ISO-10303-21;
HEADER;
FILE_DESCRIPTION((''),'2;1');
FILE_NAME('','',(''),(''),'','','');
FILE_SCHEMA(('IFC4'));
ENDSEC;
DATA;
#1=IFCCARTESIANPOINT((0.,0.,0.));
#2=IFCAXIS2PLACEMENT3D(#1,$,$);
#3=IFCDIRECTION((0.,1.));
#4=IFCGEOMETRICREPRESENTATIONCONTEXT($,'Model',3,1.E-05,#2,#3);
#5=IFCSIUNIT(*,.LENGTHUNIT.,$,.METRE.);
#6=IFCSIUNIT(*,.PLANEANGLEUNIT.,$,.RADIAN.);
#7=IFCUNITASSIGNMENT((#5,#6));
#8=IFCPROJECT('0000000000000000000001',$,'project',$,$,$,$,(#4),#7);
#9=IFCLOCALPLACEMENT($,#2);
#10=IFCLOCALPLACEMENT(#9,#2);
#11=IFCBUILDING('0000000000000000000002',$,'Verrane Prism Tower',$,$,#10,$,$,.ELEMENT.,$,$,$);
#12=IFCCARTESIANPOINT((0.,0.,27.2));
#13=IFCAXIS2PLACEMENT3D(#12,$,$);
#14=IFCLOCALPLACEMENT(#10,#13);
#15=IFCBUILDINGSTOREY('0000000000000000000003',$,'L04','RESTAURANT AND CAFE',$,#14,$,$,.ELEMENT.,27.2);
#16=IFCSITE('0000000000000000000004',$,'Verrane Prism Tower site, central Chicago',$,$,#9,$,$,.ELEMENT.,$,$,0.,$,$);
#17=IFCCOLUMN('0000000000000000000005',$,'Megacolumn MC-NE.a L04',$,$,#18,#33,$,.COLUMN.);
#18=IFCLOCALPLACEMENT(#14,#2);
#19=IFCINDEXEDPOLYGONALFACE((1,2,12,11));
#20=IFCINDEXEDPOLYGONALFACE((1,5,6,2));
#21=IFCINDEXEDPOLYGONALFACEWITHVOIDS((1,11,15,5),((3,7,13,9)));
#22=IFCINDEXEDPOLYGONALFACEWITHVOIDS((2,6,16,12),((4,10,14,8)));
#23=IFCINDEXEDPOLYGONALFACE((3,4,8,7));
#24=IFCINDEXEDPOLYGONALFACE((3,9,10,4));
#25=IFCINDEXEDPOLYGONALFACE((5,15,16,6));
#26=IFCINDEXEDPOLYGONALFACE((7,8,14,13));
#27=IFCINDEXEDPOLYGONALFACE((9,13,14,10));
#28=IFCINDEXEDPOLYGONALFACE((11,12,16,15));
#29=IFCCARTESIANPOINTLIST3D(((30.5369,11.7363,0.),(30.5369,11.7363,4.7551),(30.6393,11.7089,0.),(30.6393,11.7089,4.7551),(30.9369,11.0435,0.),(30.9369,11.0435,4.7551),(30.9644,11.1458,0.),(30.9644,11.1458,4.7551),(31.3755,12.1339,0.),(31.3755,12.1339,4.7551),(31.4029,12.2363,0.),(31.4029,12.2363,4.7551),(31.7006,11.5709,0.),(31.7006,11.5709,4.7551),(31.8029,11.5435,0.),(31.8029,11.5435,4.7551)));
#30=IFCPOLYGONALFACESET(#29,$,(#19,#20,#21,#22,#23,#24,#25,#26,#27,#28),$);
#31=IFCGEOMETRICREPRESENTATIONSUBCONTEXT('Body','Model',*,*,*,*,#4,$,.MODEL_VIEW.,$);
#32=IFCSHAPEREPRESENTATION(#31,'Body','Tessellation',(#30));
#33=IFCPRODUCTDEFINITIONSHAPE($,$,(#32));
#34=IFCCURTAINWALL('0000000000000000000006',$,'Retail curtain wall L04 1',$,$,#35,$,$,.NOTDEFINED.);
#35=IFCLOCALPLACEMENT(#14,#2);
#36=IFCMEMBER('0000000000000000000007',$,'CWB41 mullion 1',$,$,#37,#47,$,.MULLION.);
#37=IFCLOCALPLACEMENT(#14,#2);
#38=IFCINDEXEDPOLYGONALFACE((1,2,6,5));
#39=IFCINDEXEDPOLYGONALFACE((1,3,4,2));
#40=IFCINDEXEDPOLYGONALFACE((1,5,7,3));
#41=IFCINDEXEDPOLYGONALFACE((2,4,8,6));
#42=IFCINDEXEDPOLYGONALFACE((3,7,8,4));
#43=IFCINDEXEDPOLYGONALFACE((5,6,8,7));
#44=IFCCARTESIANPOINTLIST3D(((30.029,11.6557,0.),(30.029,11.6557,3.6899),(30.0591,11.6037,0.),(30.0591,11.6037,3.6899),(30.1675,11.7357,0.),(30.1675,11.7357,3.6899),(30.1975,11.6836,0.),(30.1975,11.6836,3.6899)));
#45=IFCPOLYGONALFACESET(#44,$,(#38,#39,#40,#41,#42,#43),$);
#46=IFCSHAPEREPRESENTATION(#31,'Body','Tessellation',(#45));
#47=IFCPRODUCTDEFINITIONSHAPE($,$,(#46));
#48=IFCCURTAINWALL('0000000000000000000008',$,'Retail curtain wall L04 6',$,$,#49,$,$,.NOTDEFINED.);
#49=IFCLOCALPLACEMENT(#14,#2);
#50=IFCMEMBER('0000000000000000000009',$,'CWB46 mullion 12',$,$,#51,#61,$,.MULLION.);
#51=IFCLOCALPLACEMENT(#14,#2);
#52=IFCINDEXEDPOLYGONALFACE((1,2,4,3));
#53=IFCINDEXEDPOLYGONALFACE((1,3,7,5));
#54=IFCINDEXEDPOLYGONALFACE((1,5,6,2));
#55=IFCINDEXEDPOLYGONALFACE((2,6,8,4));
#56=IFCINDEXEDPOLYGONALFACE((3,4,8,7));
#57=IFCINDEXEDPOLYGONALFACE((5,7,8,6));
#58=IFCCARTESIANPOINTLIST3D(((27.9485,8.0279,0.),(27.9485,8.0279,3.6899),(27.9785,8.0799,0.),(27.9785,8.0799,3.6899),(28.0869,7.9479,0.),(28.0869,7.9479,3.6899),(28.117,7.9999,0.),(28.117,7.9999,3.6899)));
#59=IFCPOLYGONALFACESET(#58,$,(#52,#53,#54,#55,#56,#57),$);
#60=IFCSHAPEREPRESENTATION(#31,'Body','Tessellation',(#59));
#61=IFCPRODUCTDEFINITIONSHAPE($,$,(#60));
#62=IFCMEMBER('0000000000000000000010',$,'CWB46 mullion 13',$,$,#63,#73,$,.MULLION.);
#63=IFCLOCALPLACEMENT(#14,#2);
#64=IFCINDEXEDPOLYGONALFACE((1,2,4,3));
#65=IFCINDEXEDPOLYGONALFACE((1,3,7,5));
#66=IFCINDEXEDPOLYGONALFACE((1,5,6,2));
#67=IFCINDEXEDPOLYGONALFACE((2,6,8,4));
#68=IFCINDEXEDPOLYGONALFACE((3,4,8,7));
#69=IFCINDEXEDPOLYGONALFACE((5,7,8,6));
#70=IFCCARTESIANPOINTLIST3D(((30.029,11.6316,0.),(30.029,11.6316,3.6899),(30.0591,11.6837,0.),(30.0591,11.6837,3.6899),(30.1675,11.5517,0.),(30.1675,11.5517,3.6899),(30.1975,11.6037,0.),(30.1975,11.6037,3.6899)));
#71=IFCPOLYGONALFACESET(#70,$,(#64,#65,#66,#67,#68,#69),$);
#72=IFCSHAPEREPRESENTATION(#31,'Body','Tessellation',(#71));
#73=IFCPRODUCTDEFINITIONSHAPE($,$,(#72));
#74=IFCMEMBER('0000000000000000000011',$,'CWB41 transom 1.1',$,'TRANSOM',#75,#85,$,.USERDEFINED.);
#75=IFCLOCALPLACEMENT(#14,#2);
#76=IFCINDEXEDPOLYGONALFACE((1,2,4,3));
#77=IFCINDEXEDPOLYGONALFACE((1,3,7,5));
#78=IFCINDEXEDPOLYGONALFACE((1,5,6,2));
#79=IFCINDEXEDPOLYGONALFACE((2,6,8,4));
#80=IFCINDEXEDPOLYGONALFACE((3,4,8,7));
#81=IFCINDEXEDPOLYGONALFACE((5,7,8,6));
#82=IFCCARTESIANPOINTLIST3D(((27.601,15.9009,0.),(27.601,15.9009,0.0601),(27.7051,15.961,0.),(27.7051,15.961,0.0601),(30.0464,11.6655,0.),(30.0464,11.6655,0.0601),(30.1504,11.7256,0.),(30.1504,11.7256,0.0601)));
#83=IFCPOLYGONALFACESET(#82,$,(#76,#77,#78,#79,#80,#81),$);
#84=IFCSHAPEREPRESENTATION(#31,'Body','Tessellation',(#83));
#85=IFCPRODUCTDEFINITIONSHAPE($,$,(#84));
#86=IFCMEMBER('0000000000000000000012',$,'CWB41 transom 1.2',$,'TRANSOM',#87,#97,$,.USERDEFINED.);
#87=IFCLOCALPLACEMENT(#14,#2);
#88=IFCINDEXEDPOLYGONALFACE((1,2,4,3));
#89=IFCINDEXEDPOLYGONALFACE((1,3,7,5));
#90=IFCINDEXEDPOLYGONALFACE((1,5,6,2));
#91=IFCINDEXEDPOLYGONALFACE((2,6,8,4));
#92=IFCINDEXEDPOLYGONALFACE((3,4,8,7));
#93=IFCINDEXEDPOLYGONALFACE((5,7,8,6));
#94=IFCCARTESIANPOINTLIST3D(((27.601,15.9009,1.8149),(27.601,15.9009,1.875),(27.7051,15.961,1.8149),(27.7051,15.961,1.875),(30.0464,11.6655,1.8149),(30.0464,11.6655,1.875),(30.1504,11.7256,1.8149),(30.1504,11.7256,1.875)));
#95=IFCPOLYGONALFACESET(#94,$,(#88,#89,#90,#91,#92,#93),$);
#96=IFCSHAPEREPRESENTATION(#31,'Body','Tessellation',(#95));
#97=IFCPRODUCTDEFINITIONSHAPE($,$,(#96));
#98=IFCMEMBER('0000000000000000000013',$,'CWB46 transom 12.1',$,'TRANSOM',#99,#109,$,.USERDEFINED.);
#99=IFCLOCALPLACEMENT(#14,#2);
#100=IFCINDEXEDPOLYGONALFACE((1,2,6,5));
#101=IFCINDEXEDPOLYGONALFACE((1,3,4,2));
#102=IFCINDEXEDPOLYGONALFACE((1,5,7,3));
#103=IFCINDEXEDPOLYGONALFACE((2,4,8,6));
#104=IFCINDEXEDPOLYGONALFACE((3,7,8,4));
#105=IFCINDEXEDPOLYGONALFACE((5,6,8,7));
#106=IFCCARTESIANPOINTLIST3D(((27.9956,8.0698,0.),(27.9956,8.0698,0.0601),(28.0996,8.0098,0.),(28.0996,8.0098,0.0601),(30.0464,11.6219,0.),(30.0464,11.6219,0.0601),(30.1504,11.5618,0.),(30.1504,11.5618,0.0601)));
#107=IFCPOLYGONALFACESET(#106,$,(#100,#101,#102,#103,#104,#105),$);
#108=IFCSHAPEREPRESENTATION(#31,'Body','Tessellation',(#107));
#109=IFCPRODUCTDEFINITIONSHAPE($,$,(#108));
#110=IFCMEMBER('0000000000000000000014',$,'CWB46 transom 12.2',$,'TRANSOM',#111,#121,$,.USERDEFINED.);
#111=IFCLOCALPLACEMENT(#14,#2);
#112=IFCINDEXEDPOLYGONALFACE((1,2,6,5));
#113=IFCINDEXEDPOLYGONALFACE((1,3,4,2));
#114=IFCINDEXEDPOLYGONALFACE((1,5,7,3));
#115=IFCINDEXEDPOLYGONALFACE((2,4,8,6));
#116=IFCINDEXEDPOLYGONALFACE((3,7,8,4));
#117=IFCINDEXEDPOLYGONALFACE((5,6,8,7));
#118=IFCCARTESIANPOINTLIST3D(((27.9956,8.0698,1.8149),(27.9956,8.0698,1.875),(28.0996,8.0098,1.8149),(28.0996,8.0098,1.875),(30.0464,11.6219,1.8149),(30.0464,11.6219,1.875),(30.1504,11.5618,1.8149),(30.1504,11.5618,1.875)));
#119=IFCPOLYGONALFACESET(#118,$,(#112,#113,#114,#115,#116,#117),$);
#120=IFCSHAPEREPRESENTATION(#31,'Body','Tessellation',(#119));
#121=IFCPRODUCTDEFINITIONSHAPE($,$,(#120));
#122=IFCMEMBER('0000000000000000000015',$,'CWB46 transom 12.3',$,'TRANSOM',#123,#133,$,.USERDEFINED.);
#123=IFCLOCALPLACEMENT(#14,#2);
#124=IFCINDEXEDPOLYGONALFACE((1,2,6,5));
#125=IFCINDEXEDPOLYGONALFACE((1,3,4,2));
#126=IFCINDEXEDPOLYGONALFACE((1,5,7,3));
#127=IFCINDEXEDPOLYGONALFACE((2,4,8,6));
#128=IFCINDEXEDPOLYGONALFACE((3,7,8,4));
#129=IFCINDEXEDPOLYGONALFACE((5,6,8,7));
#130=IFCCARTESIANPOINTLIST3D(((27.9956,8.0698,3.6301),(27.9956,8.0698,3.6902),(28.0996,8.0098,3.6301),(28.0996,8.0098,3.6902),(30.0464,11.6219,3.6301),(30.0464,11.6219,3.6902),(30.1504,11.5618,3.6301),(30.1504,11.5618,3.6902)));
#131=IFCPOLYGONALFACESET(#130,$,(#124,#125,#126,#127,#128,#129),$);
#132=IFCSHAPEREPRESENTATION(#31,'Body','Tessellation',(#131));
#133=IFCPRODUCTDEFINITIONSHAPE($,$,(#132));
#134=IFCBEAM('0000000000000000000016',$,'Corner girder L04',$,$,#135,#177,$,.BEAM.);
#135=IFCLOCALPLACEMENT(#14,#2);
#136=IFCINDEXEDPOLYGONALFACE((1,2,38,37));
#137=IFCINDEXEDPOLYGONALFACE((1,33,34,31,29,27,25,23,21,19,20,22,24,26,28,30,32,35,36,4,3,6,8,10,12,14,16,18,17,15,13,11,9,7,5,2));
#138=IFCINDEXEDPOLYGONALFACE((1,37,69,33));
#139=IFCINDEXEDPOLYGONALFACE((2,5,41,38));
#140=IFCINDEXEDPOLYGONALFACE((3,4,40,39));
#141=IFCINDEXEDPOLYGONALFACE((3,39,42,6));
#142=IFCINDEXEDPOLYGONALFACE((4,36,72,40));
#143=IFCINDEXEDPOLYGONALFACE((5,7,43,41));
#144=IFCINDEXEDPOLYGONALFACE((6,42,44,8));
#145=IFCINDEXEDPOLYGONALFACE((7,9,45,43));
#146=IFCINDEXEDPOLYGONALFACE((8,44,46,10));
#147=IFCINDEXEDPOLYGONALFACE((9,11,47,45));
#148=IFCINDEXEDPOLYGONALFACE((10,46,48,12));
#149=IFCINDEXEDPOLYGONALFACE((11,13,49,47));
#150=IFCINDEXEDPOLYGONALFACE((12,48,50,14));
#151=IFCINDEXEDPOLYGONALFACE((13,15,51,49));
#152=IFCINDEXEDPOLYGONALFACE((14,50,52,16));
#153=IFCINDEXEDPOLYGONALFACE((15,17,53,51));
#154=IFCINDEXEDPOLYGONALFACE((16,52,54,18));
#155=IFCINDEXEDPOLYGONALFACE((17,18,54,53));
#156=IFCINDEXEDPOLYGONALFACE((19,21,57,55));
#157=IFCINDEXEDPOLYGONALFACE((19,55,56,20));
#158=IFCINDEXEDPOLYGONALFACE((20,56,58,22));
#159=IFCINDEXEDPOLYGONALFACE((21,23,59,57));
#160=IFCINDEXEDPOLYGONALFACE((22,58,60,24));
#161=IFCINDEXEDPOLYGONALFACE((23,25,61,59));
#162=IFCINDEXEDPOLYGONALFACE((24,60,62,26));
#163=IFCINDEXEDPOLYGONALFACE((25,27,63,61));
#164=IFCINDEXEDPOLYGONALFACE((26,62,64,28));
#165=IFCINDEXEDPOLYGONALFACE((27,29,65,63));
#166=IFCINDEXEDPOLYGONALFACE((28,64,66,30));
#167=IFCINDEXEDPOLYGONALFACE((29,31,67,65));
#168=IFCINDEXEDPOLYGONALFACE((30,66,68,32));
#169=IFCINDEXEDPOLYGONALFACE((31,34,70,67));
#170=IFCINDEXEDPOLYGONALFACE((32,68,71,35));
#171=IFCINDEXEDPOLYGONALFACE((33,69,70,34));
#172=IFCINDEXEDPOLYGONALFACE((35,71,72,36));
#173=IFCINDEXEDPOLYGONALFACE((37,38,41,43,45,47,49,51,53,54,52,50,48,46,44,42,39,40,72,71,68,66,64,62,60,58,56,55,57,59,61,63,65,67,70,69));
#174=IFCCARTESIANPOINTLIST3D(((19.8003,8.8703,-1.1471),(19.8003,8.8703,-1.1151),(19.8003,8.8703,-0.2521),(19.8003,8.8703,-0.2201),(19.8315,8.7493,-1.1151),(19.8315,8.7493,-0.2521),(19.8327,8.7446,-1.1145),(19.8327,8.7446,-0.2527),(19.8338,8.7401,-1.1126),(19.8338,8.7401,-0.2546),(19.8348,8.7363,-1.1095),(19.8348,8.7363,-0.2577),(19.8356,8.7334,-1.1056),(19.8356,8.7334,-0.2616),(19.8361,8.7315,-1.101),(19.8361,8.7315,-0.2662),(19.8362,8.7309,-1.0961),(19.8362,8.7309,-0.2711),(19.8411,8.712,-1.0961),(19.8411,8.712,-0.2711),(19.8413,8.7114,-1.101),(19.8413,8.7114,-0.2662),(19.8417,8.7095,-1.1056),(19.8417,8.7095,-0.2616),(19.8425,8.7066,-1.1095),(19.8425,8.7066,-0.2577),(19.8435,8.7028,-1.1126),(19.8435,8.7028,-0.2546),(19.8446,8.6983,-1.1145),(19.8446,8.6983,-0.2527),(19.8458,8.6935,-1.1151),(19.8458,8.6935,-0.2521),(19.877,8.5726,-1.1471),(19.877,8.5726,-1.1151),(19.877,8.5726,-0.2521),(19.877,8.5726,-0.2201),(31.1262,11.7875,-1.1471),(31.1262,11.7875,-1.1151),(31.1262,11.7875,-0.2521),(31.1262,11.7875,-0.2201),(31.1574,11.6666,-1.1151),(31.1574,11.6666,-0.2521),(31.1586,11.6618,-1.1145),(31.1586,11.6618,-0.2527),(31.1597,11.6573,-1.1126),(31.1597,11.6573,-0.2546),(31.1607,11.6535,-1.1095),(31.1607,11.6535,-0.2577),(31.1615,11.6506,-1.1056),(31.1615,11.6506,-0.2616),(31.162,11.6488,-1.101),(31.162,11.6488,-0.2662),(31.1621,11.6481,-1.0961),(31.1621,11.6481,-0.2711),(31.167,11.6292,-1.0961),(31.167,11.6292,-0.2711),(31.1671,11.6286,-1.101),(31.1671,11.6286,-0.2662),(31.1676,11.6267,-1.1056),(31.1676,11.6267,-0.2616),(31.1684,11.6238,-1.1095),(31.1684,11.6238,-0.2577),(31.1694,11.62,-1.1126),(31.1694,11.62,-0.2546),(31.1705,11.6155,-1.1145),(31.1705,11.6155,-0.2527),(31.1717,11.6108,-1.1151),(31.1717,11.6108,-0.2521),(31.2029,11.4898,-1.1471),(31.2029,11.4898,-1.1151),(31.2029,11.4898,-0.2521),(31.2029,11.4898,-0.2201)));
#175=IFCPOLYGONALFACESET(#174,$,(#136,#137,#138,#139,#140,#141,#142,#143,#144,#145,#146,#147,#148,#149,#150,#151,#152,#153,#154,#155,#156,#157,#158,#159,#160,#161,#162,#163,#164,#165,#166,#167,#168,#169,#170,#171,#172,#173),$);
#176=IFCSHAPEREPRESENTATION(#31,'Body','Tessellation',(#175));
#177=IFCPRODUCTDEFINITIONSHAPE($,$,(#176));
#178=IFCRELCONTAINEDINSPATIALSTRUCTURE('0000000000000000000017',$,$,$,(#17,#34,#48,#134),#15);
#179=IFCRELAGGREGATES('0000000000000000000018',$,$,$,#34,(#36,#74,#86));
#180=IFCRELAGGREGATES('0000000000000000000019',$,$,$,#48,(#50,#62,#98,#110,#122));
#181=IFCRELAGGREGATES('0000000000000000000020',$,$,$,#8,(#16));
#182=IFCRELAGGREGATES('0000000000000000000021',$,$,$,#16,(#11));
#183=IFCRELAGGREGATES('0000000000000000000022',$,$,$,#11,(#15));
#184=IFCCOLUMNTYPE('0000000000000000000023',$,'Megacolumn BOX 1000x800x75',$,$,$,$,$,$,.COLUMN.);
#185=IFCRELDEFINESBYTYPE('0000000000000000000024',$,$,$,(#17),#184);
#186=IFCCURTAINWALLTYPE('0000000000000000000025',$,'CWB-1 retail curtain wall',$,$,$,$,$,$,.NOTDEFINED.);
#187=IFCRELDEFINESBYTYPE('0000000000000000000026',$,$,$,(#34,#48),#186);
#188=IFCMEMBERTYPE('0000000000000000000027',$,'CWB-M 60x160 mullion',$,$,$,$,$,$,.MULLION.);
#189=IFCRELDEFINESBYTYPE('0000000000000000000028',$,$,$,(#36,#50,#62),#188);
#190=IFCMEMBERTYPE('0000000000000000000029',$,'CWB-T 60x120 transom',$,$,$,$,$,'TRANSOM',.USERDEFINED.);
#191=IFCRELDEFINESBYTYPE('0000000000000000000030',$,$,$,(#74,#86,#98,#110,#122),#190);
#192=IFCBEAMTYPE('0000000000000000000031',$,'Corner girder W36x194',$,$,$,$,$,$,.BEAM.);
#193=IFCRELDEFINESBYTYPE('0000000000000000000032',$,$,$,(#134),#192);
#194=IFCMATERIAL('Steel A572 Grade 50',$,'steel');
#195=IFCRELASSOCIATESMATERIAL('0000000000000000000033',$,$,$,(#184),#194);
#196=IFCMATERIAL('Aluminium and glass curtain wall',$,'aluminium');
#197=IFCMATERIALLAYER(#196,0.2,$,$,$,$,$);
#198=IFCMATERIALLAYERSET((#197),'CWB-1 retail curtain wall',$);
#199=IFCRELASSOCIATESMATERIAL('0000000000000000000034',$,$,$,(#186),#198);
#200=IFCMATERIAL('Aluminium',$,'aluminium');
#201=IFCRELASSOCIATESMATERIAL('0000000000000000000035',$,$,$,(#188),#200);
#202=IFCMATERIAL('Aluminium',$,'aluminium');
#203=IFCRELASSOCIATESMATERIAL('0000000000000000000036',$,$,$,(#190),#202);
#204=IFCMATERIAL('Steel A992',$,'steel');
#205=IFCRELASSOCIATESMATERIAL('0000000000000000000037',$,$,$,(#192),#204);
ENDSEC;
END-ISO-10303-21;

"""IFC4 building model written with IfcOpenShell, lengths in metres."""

from ifc_helpers import new_model, si_unit, direction, frame, origin, origin_2d, place, context, subcontext, project, spatial, rectangle, hollow_rectangle, i_section, extrude, material, layer, layer_set, material_profile, profile_set, type_object, element, aggregate, save


model = new_model("IFC4")

# Units and contexts
model_context = context("Model", 3, precision=1e-05, world=origin(), true_north=direction((0.0, 1.0)))
body_context = subcontext(model_context, "Body", "Model", "MODEL_VIEW")
ifc_project = project(units=[si_unit("LENGTHUNIT", "METRE"), si_unit("PLANEANGLEUNIT", "RADIAN")], contexts=[model_context])

# Site, building, storey
site_placement = place(None, origin())
site = spatial("IfcSite", under=ifc_project, at=site_placement, Name="Verrane Prism Tower site, central Chicago", CompositionType="ELEMENT", RefElevation=0.0)
building_placement = place(site_placement, origin())
building = spatial("IfcBuilding", under=site, at=building_placement, Name="Verrane Prism Tower", CompositionType="ELEMENT")
storey_placement = place(building_placement, frame((0.0, 0.0, 27.2)))
storey = spatial("IfcBuildingStorey", under=building, at=storey_placement, Name="L04", Description="RESTAURANT AND CAFE", CompositionType="ELEMENT", Elevation=27.2)

# Column
ifc_material_1 = material(Name="Steel A572 Grade 50", Category="steel")
ifc_material_profile_1 = material_profile(ifc_material_1, hollow_rectangle(XDim=0.8, YDim=1.0, WallThickness=0.075, at=origin_2d()), Name="BOX 1000x800x75")
ifc_profile_set_1 = profile_set([ifc_material_profile_1], Name="Steel A572 Grade 50")
column_type = type_object("IfcColumnType", Name="Megacolumn BOX 1000x800x75", PredefinedType="COLUMN", material=ifc_profile_set_1)
column_placement = place(storey_placement, frame((31.1699, 11.6399, 0.0), z_axis=(0.0, 0.0, 1.0), x_axis=(0.5, -0.866025, 0.0)))
element("IfcColumn", 1, at=column_placement, inside=storey, type_object=column_type, Name="Megacolumn MC-NE.a L04", PredefinedType="COLUMN", context=body_context, shape_type="SweptSolid", body=[
    extrude(hollow_rectangle(XDim=0.8, YDim=1.0, WallThickness=0.075, at=origin_2d()), origin(), (0.0, 0.0, 1.0), 4.7551),
])

# Curtain wall, member
ifc_material_2 = material(Name="Aluminium and glass curtain wall", Category="aluminium")
ifc_layer_1 = layer(ifc_material_2, 0.2)
ifc_layer_set_1 = layer_set([ifc_layer_1], Name="CWB-1 retail curtain wall")
curtain_wall_type = type_object("IfcCurtainWallType", Name="CWB-1 retail curtain wall", PredefinedType="NOTDEFINED", material=ifc_layer_set_1)
curtain_wall_1_placement = place(storey_placement, origin())
curtain_wall_1 = element("IfcCurtainWall", 2, at=curtain_wall_1_placement, inside=storey, type_object=curtain_wall_type, Name="Retail curtain wall L04 1", PredefinedType="NOTDEFINED")
ifc_material_3 = material(Name="Aluminium", Category="aluminium")
ifc_material_profile_2 = material_profile(ifc_material_3, rectangle(XDim=0.1599, YDim=0.0601, at=origin_2d()), Name="CWB-M 60x160 mullion")
ifc_profile_set_2 = profile_set([ifc_material_profile_2], Name="Aluminium")
member_type_1 = type_object("IfcMemberType", Name="CWB-M 60x160 mullion", PredefinedType="MULLION", material=ifc_profile_set_2)
member_1_placement = place(storey_placement, frame((30.1133, 11.6697, 0.0), z_axis=(0.0, 0.0, 1.0), x_axis=(-0.866026, -0.499999, 0.0)))
member_1 = element("IfcMember", 3, at=member_1_placement, type_object=member_type_1, Name="CWB41 mullion 1", PredefinedType="MULLION", context=body_context, shape_type="SweptSolid", body=[
    extrude(rectangle(XDim=0.1599, YDim=0.0601, at=origin_2d()), origin(), (0.0, 0.0, 1.0), 3.6899),
])

# Curtain wall, members
curtain_wall_2_placement = place(storey_placement, origin())
curtain_wall_2 = element("IfcCurtainWall", 4, at=curtain_wall_2_placement, inside=storey, type_object=curtain_wall_type, Name="Retail curtain wall L04 6", PredefinedType="NOTDEFINED")
member_2_placement = place(storey_placement, frame((28.0327, 8.0139, 0.0), z_axis=(0.0, 0.0, 1.0), x_axis=(-0.866025, 0.5, 0.0)))
member_2 = element("IfcMember", 5, at=member_2_placement, type_object=member_type_1, Name="CWB46 mullion 12", PredefinedType="MULLION", context=body_context, shape_type="SweptSolid", body=[
    extrude(rectangle(XDim=0.1599, YDim=0.0601, at=origin_2d()), origin(), (0.0, 0.0, 1.0), 3.6899),
])
member_3_placement = place(storey_placement, frame((30.1133, 11.6177, 0.0), z_axis=(0.0, 0.0, 1.0), x_axis=(-0.866025, 0.5, 0.0)))
member_3 = element("IfcMember", 6, at=member_3_placement, type_object=member_type_1, Name="CWB46 mullion 13", PredefinedType="MULLION", context=body_context, shape_type="SweptSolid", body=[
    extrude(rectangle(XDim=0.1599, YDim=0.0601, at=origin_2d()), origin(), (0.0, 0.0, 1.0), 3.6899),
])

# Members
ifc_material_4 = material(Name="Aluminium", Category="aluminium")
ifc_material_profile_3 = material_profile(ifc_material_4, rectangle(XDim=0.1201, YDim=0.0601, at=origin_2d()), Name="CWB-T 60x120 transom")
ifc_profile_set_3 = profile_set([ifc_material_profile_3], Name="Aluminium")
member_type_2 = type_object("IfcMemberType", Name="CWB-T 60x120 transom", ElementType="TRANSOM", PredefinedType="USERDEFINED", material=ifc_profile_set_3)
member_4_placement = place(storey_placement, frame((30.0984, 11.6956, 0.03), z_axis=(-0.500005, 0.866023, 0.0), x_axis=(-0.866023, -0.500005, 0.0)))
member_4 = element("IfcMember", 7, at=member_4_placement, type_object=member_type_2, Name="CWB41 transom 1.1", ObjectType="TRANSOM", PredefinedType="USERDEFINED", context=body_context, shape_type="SweptSolid", body=[
    extrude(rectangle(XDim=0.1201, YDim=0.0601, at=origin_2d()), origin(), (0.0, 0.0, 1.0), 4.8906),
])
member_5_placement = place(storey_placement, frame((30.0984, 11.6956, 1.845), z_axis=(-0.500005, 0.866023, 0.0), x_axis=(-0.866023, -0.500005, 0.0)))
member_5 = element("IfcMember", 8, at=member_5_placement, type_object=member_type_2, Name="CWB41 transom 1.2", ObjectType="TRANSOM", PredefinedType="USERDEFINED", context=body_context, shape_type="SweptSolid", body=[
    extrude(rectangle(XDim=0.1201, YDim=0.0601, at=origin_2d()), origin(), (0.0, 0.0, 1.0), 4.8906),
])
aggregate(curtain_wall_1, [member_1, member_4, member_5])
member_6_placement = place(storey_placement, frame((28.0476, 8.0398, 0.03), z_axis=(0.500006, 0.866022, 0.0), x_axis=(-0.866022, 0.500006, 0.0)))
member_6 = element("IfcMember", 9, at=member_6_placement, type_object=member_type_2, Name="CWB46 transom 12.1", ObjectType="TRANSOM", PredefinedType="USERDEFINED", context=body_context, shape_type="SweptSolid", body=[
    extrude(rectangle(XDim=0.1201, YDim=0.0601, at=origin_2d()), origin(), (0.0, 0.0, 1.0), 4.1016),
])
member_7_placement = place(storey_placement, frame((28.0476, 8.0398, 1.845), z_axis=(0.500006, 0.866022, 0.0), x_axis=(-0.866022, 0.500006, 0.0)))
member_7 = element("IfcMember", 10, at=member_7_placement, type_object=member_type_2, Name="CWB46 transom 12.2", ObjectType="TRANSOM", PredefinedType="USERDEFINED", context=body_context, shape_type="SweptSolid", body=[
    extrude(rectangle(XDim=0.1201, YDim=0.0601, at=origin_2d()), origin(), (0.0, 0.0, 1.0), 4.1016),
])
member_8_placement = place(storey_placement, frame((28.0476, 8.0398, 3.6602), z_axis=(0.500006, 0.866022, 0.0), x_axis=(-0.866022, 0.500006, 0.0)))
member_8 = element("IfcMember", 11, at=member_8_placement, type_object=member_type_2, Name="CWB46 transom 12.3", ObjectType="TRANSOM", PredefinedType="USERDEFINED", context=body_context, shape_type="SweptSolid", body=[
    extrude(rectangle(XDim=0.1201, YDim=0.0601, at=origin_2d()), origin(), (0.0, 0.0, 1.0), 4.1016),
])

# Beam
ifc_material_5 = material(Name="Steel A992", Category="steel")
ifc_material_profile_4 = material_profile(ifc_material_5, i_section(OverallWidth=0.3074, OverallDepth=0.927, WebThickness=0.0195, FlangeThickness=0.032, FilletRadius=0.019, at=origin_2d()), Name="W36x194")
ifc_profile_set_4 = profile_set([ifc_material_profile_4], Name="Steel A992")
beam_type_1 = type_object("IfcBeamType", Name="Corner girder W36x194", PredefinedType="BEAM", material=ifc_profile_set_4)
beam_1_placement = place(storey_placement, frame((31.1646, 11.6387, -0.6836), z_axis=(-0.968393, -0.24943, 0.0), x_axis=(0.24943, -0.968393, 0.0)))
element("IfcBeam", 12, at=beam_1_placement, inside=storey, type_object=beam_type_1, Name="Corner girder L04", PredefinedType="BEAM", context=body_context, shape_type="SweptSolid", body=[
    extrude(i_section(OverallWidth=0.3074, OverallDepth=0.927, WebThickness=0.0195, FlangeThickness=0.032, FilletRadius=0.019, at=origin_2d()), origin(), (0.0, 0.0, 1.0), 11.6956),
])

aggregate(curtain_wall_2, [member_2, member_3, member_6, member_7, member_8])

save(model, "model.ifc")
